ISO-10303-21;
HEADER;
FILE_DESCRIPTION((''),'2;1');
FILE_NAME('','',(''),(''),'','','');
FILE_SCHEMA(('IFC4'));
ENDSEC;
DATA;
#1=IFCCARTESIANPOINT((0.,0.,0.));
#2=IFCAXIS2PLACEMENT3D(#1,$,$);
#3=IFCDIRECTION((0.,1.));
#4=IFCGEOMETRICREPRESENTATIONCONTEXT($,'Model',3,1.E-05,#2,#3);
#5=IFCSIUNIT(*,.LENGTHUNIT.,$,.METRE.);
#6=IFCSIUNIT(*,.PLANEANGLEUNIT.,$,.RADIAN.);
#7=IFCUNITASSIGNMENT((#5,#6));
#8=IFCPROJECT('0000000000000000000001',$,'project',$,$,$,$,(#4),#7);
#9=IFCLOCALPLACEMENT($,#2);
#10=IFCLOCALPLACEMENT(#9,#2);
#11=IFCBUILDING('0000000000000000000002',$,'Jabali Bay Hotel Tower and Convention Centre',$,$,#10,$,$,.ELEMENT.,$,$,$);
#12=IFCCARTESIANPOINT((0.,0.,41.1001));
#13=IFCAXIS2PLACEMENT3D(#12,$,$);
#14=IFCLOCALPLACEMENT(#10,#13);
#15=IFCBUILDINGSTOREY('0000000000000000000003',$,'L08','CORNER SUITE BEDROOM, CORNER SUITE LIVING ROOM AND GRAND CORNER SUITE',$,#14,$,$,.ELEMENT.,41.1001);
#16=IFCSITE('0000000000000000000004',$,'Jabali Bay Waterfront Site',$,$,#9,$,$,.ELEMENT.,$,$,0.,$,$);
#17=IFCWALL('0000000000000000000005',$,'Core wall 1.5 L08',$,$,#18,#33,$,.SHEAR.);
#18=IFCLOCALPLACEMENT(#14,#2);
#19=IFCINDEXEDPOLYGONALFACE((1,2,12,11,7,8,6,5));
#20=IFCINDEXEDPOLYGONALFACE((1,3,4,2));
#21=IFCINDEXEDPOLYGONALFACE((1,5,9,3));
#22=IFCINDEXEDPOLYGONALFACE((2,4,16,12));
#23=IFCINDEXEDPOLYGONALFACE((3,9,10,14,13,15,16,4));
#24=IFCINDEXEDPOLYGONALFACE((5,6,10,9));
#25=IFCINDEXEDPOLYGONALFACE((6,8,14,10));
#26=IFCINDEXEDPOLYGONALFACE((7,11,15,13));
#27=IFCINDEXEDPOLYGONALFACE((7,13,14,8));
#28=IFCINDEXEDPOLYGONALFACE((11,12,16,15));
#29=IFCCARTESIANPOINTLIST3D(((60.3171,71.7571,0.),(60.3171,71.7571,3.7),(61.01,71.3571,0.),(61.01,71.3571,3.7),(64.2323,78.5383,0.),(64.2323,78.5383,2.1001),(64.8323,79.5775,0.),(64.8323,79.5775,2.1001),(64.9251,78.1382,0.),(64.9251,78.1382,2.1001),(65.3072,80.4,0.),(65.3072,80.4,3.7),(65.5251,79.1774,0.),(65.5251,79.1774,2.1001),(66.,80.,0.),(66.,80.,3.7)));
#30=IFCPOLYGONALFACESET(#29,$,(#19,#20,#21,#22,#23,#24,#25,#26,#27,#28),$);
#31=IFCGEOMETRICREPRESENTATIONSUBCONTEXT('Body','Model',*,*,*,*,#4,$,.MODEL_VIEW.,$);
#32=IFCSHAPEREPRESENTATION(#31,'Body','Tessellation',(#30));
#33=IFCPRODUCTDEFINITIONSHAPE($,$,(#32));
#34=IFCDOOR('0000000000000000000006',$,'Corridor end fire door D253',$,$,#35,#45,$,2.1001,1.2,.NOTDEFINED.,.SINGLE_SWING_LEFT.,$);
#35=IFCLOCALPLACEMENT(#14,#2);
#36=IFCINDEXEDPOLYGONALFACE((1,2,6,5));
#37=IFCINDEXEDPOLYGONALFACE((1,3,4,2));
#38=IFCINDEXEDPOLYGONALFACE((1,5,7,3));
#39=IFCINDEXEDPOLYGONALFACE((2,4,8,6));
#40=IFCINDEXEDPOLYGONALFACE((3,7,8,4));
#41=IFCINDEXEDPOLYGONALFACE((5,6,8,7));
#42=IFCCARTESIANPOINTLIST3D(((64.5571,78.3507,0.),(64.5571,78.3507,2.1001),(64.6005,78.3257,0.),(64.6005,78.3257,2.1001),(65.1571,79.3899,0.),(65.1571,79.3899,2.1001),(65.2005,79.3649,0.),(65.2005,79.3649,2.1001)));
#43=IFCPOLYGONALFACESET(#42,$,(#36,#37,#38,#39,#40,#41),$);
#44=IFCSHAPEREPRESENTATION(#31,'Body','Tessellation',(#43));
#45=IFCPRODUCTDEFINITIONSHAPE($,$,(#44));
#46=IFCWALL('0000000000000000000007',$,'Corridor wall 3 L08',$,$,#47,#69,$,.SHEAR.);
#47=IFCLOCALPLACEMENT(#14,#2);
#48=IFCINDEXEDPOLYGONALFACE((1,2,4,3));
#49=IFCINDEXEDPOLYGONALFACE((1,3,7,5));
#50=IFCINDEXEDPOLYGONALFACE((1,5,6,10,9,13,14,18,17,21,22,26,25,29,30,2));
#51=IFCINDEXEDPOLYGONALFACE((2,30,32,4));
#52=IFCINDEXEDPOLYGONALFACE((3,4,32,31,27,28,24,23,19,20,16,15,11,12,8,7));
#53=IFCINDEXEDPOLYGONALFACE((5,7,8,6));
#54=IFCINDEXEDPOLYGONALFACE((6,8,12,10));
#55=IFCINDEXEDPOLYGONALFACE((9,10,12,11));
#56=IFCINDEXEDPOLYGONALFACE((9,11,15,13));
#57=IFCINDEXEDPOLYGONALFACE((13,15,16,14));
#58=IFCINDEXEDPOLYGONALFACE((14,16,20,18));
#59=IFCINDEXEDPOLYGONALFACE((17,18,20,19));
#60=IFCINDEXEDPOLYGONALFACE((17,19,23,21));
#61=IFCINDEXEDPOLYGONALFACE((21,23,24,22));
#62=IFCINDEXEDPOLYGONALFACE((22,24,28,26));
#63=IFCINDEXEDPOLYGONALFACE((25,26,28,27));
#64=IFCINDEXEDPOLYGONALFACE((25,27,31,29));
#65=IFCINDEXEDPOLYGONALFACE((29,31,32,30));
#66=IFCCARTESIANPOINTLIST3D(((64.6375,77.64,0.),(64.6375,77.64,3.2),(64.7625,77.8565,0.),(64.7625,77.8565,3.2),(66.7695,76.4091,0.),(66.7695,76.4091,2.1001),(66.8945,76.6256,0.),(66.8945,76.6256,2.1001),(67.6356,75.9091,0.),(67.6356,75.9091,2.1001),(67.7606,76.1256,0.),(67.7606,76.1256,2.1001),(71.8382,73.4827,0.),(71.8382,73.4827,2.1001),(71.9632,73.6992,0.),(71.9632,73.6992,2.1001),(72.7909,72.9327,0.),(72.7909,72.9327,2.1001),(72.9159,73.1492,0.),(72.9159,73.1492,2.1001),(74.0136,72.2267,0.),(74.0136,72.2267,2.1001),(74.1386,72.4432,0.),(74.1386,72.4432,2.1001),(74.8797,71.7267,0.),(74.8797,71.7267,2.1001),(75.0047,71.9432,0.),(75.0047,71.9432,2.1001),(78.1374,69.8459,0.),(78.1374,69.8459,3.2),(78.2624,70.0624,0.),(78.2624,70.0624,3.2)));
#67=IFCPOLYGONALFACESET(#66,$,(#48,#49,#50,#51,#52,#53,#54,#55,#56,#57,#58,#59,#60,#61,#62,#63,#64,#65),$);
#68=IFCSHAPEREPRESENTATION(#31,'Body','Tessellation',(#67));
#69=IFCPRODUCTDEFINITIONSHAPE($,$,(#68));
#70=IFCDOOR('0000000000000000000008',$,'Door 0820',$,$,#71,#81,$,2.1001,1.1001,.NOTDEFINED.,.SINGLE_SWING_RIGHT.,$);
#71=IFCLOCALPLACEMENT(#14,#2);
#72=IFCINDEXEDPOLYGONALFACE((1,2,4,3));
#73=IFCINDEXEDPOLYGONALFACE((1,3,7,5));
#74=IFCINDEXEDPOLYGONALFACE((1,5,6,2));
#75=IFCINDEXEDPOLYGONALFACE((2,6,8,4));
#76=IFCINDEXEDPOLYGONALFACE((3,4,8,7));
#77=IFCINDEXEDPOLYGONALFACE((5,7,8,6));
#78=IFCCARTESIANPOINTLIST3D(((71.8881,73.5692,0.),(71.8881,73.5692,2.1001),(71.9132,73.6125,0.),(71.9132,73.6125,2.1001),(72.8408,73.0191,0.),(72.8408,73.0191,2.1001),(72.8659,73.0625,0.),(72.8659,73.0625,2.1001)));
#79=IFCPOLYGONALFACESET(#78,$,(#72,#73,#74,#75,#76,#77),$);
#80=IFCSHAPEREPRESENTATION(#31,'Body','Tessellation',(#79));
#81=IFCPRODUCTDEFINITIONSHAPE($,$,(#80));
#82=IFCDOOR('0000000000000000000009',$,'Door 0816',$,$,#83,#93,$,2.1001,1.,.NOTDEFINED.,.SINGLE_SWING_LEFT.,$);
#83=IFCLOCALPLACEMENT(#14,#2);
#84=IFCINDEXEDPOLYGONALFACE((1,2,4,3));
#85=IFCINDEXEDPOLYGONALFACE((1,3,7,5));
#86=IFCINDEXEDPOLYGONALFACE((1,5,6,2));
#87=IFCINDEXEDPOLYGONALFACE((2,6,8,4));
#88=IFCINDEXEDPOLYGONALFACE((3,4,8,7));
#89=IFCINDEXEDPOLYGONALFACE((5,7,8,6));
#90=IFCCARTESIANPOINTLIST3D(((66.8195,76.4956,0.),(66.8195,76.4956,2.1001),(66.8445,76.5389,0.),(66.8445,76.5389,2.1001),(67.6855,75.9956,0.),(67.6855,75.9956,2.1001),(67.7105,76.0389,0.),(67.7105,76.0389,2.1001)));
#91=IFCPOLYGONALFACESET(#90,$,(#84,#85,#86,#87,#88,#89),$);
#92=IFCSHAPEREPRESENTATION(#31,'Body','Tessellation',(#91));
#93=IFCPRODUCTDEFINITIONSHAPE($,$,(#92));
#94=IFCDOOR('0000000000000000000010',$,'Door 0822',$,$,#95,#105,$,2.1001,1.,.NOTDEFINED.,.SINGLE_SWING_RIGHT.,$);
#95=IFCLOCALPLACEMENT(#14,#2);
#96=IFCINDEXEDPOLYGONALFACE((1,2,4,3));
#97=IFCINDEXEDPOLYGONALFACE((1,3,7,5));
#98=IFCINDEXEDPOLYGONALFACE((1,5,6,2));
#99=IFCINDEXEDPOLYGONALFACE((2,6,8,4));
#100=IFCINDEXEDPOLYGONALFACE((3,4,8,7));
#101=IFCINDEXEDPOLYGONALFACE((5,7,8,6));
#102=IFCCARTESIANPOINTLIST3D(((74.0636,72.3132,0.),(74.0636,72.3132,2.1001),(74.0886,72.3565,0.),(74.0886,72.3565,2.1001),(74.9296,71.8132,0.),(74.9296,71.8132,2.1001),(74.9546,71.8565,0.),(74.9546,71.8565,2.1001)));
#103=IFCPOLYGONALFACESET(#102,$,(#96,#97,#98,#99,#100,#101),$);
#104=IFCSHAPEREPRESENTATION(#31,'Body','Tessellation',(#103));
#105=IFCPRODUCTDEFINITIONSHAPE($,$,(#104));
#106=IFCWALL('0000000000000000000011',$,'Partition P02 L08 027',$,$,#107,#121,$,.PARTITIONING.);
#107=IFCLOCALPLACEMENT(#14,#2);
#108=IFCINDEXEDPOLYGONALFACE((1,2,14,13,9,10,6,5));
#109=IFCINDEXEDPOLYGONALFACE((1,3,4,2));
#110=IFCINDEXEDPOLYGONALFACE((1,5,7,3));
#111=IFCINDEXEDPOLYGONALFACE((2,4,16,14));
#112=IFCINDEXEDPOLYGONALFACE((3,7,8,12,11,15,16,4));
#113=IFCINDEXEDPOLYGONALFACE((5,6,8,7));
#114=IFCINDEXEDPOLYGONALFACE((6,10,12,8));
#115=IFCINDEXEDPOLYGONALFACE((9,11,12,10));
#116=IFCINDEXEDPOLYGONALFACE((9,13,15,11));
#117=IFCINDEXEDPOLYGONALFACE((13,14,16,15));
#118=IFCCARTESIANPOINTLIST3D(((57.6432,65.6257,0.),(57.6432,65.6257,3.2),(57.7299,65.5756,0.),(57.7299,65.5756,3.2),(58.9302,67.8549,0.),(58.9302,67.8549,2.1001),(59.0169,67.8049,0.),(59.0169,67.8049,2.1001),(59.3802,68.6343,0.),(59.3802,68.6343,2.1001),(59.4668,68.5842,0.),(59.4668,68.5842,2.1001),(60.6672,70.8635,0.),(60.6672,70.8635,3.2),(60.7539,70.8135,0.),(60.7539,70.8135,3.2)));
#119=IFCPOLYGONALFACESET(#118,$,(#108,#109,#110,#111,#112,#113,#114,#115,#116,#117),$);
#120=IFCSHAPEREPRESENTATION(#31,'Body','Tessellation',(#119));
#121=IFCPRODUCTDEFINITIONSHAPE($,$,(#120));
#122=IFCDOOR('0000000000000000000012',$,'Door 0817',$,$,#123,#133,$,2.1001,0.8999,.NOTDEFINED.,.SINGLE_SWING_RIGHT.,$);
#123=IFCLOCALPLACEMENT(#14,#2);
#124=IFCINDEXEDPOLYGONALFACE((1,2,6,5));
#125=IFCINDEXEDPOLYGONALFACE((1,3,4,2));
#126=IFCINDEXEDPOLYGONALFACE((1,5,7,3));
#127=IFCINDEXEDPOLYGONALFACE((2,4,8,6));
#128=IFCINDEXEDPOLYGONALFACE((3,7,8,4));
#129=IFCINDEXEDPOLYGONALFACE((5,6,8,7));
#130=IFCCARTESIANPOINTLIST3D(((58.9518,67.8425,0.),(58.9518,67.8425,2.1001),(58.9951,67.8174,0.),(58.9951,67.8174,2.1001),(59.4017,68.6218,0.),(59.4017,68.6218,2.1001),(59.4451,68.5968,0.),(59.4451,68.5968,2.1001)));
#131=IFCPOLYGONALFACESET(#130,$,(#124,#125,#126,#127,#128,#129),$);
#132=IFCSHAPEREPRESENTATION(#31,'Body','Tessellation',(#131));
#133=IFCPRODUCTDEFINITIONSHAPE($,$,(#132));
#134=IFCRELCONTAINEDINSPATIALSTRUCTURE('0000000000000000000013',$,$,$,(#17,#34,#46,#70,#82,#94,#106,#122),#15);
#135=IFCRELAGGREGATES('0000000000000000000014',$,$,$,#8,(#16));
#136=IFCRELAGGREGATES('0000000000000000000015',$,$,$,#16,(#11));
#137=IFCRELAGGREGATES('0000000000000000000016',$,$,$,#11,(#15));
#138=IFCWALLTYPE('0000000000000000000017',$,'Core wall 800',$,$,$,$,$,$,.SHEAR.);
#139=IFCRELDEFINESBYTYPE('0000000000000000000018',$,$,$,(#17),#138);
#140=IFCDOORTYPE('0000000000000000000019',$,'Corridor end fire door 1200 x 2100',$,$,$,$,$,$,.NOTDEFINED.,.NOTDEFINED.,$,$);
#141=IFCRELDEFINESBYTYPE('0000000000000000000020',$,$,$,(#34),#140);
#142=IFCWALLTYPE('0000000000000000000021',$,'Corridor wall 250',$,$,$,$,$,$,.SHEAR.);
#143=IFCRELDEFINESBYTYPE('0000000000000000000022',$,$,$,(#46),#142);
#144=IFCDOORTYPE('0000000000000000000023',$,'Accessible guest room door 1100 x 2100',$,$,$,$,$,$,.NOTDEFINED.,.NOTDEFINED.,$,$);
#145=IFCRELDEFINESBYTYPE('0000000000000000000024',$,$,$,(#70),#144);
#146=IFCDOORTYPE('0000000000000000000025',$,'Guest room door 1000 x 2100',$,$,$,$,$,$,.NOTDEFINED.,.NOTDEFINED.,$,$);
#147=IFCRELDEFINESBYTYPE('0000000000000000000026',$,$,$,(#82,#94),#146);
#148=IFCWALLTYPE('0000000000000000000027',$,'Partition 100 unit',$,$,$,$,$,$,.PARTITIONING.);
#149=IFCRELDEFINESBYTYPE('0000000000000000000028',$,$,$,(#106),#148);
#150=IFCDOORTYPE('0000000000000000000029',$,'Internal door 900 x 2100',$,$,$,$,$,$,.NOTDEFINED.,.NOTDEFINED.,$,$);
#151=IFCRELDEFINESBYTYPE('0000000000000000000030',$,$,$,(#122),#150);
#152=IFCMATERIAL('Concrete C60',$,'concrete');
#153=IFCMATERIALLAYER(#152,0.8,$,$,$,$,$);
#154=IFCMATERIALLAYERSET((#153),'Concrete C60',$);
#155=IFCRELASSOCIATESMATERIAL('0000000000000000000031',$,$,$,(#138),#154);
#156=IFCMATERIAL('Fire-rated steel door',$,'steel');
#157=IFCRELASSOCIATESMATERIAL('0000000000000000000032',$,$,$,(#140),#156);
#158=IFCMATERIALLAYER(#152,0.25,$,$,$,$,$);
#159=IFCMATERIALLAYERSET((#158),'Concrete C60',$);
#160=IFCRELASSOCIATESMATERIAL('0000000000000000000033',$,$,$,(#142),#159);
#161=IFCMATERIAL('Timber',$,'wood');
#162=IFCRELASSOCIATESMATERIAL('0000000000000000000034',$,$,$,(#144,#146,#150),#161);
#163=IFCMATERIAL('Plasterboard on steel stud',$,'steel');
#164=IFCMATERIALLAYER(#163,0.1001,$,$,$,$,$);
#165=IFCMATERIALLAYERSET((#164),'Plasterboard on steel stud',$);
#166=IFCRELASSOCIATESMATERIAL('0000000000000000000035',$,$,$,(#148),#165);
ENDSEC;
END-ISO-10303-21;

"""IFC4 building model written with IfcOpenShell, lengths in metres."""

from ifc_helpers import new_model, si_unit, direction, frame, frame_2d, origin, place, context, subcontext, project, spatial, rectangle, extrude, material, layer, layer_set, type_object, element, fill, save


model = new_model("IFC4")

# Units and contexts
model_context = context("Model", 3, precision=1e-05, world=origin(), true_north=direction((0.0, 1.0)))
body_context = subcontext(model_context, "Body", "Model", "MODEL_VIEW")
ifc_project = project(units=[si_unit("LENGTHUNIT", "METRE"), si_unit("PLANEANGLEUNIT", "RADIAN")], contexts=[model_context])

# Site, building, storey
site_placement = place(None, origin())
site = spatial("IfcSite", under=ifc_project, at=site_placement, Name="Jabali Bay Waterfront Site", CompositionType="ELEMENT", RefElevation=0.0)
building_placement = place(site_placement, origin())
building = spatial("IfcBuilding", under=site, at=building_placement, Name="Jabali Bay Hotel Tower and Convention Centre", CompositionType="ELEMENT")
storey_placement = place(building_placement, frame((0.0, 0.0, 41.1001)))
storey = spatial("IfcBuildingStorey", under=building, at=storey_placement, Name="L08", Description="CORNER SUITE BEDROOM, CORNER SUITE LIVING ROOM AND GRAND CORNER SUITE", CompositionType="ELEMENT", Elevation=41.1001)

# Shared definitions
ifc_material_1 = material(Name="Fire-rated steel door", Category="steel")

# Wall, opening, door
ifc_material_2 = material(Name="Concrete C60", Category="concrete")
ifc_layer_1 = layer(ifc_material_2, 0.8)
ifc_layer_set_1 = layer_set([ifc_layer_1], Name="Concrete C60")
wall_type_1 = type_object("IfcWallType", Name="Core wall 800", PredefinedType="SHEAR", material=ifc_layer_set_1)
wall_1_placement = place(storey_placement, frame((60.6636, 71.5571, 0.0), z_axis=(0.0, 0.0, 1.0), x_axis=(0.500004, 0.866023, 0.0)))
wall_1 = element("IfcWall", 1, at=wall_1_placement, inside=storey, type_object=wall_type_1, Name="Core wall 1.5 L08", PredefinedType="SHEAR", context=body_context, shape_type="SweptSolid", body=[
    extrude(rectangle(XDim=9.98, YDim=0.8, at=frame_2d((4.99, 0.0))), origin(), (0.0, 0.0, 1.0), 3.7),
])
opening_1_placement = place(wall_1_placement, frame((7.8301, 0.0, 0.0)))
opening_1 = element("IfcOpeningElement", 2, at=opening_1_placement, cuts=wall_1, PredefinedType="OPENING", context=body_context, shape_type="SweptSolid", body=[
    extrude(rectangle(XDim=1.2, YDim=2.1001, at=frame_2d((0.6001, 1.05))), frame((0.0, 0.4106, 0.0), z_axis=(0.0, -1.0, 0.0), x_axis=(1.0, 0.0, 0.0)), (0.0, 0.0, 1.0), 0.821),
])
door_type_1 = type_object("IfcDoorType", Name="Corridor end fire door 1200 x 2100", OperationType="NOTDEFINED", PredefinedType="NOTDEFINED", material=ifc_material_1)
door_1_placement = place(opening_1_placement, origin())
door_1 = element("IfcDoor", 3, at=door_1_placement, inside=storey, type_object=door_type_1, Name="Corridor end fire door D253", OperationType="SINGLE_SWING_LEFT", OverallHeight=2.1001, OverallWidth=1.2, PredefinedType="NOTDEFINED", context=body_context, shape_type="SweptSolid", body=[
    extrude(rectangle(XDim=1.2, YDim=2.1001, at=frame_2d((0.6001, 1.05))), frame((0.0, 0.0249, 0.0), z_axis=(0.0, -1.0, 0.0), x_axis=(1.0, 0.0, 0.0)), (0.0, 0.0, 1.0), 0.05),
])
fill(opening_1, door_1)

# Wall, openings, doors
ifc_layer_2 = layer(ifc_material_2, 0.25)
ifc_layer_set_2 = layer_set([ifc_layer_2], Name="Concrete C60")
wall_type_2 = type_object("IfcWallType", Name="Corridor wall 250", PredefinedType="SHEAR", material=ifc_layer_set_2)
wall_2_placement = place(storey_placement, frame((64.7, 77.7483, 0.0), z_axis=(0.0, 0.0, 1.0), x_axis=(0.866026, -0.499998, 0.0)))
wall_2 = element("IfcWall", 4, at=wall_2_placement, inside=storey, type_object=wall_type_2, Name="Corridor wall 3 L08", PredefinedType="SHEAR", context=body_context, shape_type="SweptSolid", body=[
    extrude(rectangle(XDim=15.5884, YDim=0.25, at=frame_2d((7.7942, 0.0))), origin(), (0.0, 0.0, 1.0), 3.2),
])
opening_2_placement = place(wall_2_placement, frame((2.4619, 0.0, 0.0)))
opening_2 = element("IfcOpeningElement", 5, at=opening_2_placement, cuts=wall_2, PredefinedType="OPENING", context=body_context, shape_type="SweptSolid", body=[
    extrude(rectangle(XDim=1.0, YDim=2.1001, at=frame_2d((0.5, 1.05))), frame((0.0, 0.1355, 0.0), z_axis=(0.0, -1.0, 0.0), x_axis=(1.0, 0.0, 0.0)), (0.0, 0.0, 1.0), 0.271),
])
opening_3_placement = place(wall_2_placement, frame((8.3147, 0.0, 0.0)))
opening_3 = element("IfcOpeningElement", 6, at=opening_3_placement, cuts=wall_2, PredefinedType="OPENING", context=body_context, shape_type="SweptSolid", body=[
    extrude(rectangle(XDim=1.1001, YDim=2.1001, at=frame_2d((0.55, 1.05))), frame((0.0, 0.1355, 0.0), z_axis=(0.0, -1.0, 0.0), x_axis=(1.0, 0.0, 0.0)), (0.0, 0.0, 1.0), 0.271),
])
opening_4_placement = place(wall_2_placement, frame((10.8267, 0.0, 0.0)))
opening_4 = element("IfcOpeningElement", 7, at=opening_4_placement, cuts=wall_2, PredefinedType="OPENING", context=body_context, shape_type="SweptSolid", body=[
    extrude(rectangle(XDim=1.0, YDim=2.1001, at=frame_2d((0.5, 1.05))), frame((0.0, 0.1355, 0.0), z_axis=(0.0, -1.0, 0.0), x_axis=(1.0, 0.0, 0.0)), (0.0, 0.0, 1.0), 0.271),
])
ifc_material_3 = material(Name="Timber", Category="wood")
door_type_2 = type_object("IfcDoorType", Name="Accessible guest room door 1100 x 2100", OperationType="NOTDEFINED", PredefinedType="NOTDEFINED", material=ifc_material_3)
door_2_placement = place(opening_3_placement, origin())
door_2 = element("IfcDoor", 8, at=door_2_placement, inside=storey, type_object=door_type_2, Name="Door 0820", OperationType="SINGLE_SWING_RIGHT", OverallHeight=2.1001, OverallWidth=1.1001, PredefinedType="NOTDEFINED", context=body_context, shape_type="SweptSolid", body=[
    extrude(rectangle(XDim=1.1001, YDim=2.1001, at=frame_2d((0.55, 1.05))), frame((0.0, 0.0249, 0.0), z_axis=(0.0, -1.0, 0.0), x_axis=(1.0, 0.0, 0.0)), (0.0, 0.0, 1.0), 0.05),
])
fill(opening_3, door_2)
door_type_3 = type_object("IfcDoorType", Name="Guest room door 1000 x 2100", OperationType="NOTDEFINED", PredefinedType="NOTDEFINED", material=ifc_material_3)
door_3_placement = place(opening_2_placement, origin())
door_3 = element("IfcDoor", 9, at=door_3_placement, inside=storey, type_object=door_type_3, Name="Door 0816", OperationType="SINGLE_SWING_LEFT", OverallHeight=2.1001, OverallWidth=1.0, PredefinedType="NOTDEFINED", context=body_context, shape_type="SweptSolid", body=[
    extrude(rectangle(XDim=1.0, YDim=2.1001, at=frame_2d((0.5, 1.05))), frame((0.0, 0.0249, 0.0), z_axis=(0.0, -1.0, 0.0), x_axis=(1.0, 0.0, 0.0)), (0.0, 0.0, 1.0), 0.05),
])
fill(opening_2, door_3)
door_4_placement = place(opening_4_placement, origin())
door_4 = element("IfcDoor", 10, at=door_4_placement, inside=storey, type_object=door_type_3, Name="Door 0822", OperationType="SINGLE_SWING_RIGHT", OverallHeight=2.1001, OverallWidth=1.0, PredefinedType="NOTDEFINED", context=body_context, shape_type="SweptSolid", body=[
    extrude(rectangle(XDim=1.0, YDim=2.1001, at=frame_2d((0.5, 1.05))), frame((0.0, 0.0249, 0.0), z_axis=(0.0, -1.0, 0.0), x_axis=(1.0, 0.0, 0.0)), (0.0, 0.0, 1.0), 0.05),
])
fill(opening_4, door_4)

# Wall, opening, door
ifc_material_4 = material(Name="Plasterboard on steel stud", Category="steel")
ifc_layer_3 = layer(ifc_material_4, 0.1001)
ifc_layer_set_3 = layer_set([ifc_layer_3], Name="Plasterboard on steel stud")
wall_type_3 = type_object("IfcWallType", Name="Partition 100 unit", PredefinedType="PARTITIONING", material=ifc_layer_set_3)
wall_3_placement = place(storey_placement, frame((60.7104, 70.8384, 0.0), z_axis=(0.0, 0.0, 1.0), x_axis=(-0.499986, -0.866034, 0.0)))
wall_3 = element("IfcWall", 11, at=wall_3_placement, inside=storey, type_object=wall_type_3, Name="Partition P02 L08 027", PredefinedType="PARTITIONING", context=body_context, shape_type="SweptSolid", body=[
    extrude(rectangle(XDim=6.0481, YDim=0.1001, at=frame_2d((3.0239, 0.0))), origin(), (0.0, 0.0, 1.0), 3.2),
])
opening_5_placement = place(wall_3_placement, frame((2.574, 0.0, 0.0)))
opening_5 = element("IfcOpeningElement", 12, at=opening_5_placement, cuts=wall_3, PredefinedType="OPENING", context=body_context, shape_type="SweptSolid", body=[
    extrude(rectangle(XDim=0.8999, YDim=2.1001, at=frame_2d((0.45, 1.05))), frame((0.0, 0.0605, 0.0), z_axis=(0.0, -1.0, 0.0), x_axis=(1.0, 0.0, 0.0)), (0.0, 0.0, 1.0), 0.1211),
])
door_type_4 = type_object("IfcDoorType", Name="Internal door 900 x 2100", OperationType="NOTDEFINED", PredefinedType="NOTDEFINED", material=ifc_material_3)
door_5_placement = place(opening_5_placement, origin())
door_5 = element("IfcDoor", 13, at=door_5_placement, inside=storey, type_object=door_type_4, Name="Door 0817", OperationType="SINGLE_SWING_RIGHT", OverallHeight=2.1001, OverallWidth=0.8999, PredefinedType="NOTDEFINED", context=body_context, shape_type="SweptSolid", body=[
    extrude(rectangle(XDim=0.8999, YDim=2.1001, at=frame_2d((0.45, 1.05))), frame((0.0, 0.0249, 0.0), z_axis=(0.0, -1.0, 0.0), x_axis=(1.0, 0.0, 0.0)), (0.0, 0.0, 1.0), 0.05),
])
fill(opening_5, door_5)

save(model, "model.ifc")
